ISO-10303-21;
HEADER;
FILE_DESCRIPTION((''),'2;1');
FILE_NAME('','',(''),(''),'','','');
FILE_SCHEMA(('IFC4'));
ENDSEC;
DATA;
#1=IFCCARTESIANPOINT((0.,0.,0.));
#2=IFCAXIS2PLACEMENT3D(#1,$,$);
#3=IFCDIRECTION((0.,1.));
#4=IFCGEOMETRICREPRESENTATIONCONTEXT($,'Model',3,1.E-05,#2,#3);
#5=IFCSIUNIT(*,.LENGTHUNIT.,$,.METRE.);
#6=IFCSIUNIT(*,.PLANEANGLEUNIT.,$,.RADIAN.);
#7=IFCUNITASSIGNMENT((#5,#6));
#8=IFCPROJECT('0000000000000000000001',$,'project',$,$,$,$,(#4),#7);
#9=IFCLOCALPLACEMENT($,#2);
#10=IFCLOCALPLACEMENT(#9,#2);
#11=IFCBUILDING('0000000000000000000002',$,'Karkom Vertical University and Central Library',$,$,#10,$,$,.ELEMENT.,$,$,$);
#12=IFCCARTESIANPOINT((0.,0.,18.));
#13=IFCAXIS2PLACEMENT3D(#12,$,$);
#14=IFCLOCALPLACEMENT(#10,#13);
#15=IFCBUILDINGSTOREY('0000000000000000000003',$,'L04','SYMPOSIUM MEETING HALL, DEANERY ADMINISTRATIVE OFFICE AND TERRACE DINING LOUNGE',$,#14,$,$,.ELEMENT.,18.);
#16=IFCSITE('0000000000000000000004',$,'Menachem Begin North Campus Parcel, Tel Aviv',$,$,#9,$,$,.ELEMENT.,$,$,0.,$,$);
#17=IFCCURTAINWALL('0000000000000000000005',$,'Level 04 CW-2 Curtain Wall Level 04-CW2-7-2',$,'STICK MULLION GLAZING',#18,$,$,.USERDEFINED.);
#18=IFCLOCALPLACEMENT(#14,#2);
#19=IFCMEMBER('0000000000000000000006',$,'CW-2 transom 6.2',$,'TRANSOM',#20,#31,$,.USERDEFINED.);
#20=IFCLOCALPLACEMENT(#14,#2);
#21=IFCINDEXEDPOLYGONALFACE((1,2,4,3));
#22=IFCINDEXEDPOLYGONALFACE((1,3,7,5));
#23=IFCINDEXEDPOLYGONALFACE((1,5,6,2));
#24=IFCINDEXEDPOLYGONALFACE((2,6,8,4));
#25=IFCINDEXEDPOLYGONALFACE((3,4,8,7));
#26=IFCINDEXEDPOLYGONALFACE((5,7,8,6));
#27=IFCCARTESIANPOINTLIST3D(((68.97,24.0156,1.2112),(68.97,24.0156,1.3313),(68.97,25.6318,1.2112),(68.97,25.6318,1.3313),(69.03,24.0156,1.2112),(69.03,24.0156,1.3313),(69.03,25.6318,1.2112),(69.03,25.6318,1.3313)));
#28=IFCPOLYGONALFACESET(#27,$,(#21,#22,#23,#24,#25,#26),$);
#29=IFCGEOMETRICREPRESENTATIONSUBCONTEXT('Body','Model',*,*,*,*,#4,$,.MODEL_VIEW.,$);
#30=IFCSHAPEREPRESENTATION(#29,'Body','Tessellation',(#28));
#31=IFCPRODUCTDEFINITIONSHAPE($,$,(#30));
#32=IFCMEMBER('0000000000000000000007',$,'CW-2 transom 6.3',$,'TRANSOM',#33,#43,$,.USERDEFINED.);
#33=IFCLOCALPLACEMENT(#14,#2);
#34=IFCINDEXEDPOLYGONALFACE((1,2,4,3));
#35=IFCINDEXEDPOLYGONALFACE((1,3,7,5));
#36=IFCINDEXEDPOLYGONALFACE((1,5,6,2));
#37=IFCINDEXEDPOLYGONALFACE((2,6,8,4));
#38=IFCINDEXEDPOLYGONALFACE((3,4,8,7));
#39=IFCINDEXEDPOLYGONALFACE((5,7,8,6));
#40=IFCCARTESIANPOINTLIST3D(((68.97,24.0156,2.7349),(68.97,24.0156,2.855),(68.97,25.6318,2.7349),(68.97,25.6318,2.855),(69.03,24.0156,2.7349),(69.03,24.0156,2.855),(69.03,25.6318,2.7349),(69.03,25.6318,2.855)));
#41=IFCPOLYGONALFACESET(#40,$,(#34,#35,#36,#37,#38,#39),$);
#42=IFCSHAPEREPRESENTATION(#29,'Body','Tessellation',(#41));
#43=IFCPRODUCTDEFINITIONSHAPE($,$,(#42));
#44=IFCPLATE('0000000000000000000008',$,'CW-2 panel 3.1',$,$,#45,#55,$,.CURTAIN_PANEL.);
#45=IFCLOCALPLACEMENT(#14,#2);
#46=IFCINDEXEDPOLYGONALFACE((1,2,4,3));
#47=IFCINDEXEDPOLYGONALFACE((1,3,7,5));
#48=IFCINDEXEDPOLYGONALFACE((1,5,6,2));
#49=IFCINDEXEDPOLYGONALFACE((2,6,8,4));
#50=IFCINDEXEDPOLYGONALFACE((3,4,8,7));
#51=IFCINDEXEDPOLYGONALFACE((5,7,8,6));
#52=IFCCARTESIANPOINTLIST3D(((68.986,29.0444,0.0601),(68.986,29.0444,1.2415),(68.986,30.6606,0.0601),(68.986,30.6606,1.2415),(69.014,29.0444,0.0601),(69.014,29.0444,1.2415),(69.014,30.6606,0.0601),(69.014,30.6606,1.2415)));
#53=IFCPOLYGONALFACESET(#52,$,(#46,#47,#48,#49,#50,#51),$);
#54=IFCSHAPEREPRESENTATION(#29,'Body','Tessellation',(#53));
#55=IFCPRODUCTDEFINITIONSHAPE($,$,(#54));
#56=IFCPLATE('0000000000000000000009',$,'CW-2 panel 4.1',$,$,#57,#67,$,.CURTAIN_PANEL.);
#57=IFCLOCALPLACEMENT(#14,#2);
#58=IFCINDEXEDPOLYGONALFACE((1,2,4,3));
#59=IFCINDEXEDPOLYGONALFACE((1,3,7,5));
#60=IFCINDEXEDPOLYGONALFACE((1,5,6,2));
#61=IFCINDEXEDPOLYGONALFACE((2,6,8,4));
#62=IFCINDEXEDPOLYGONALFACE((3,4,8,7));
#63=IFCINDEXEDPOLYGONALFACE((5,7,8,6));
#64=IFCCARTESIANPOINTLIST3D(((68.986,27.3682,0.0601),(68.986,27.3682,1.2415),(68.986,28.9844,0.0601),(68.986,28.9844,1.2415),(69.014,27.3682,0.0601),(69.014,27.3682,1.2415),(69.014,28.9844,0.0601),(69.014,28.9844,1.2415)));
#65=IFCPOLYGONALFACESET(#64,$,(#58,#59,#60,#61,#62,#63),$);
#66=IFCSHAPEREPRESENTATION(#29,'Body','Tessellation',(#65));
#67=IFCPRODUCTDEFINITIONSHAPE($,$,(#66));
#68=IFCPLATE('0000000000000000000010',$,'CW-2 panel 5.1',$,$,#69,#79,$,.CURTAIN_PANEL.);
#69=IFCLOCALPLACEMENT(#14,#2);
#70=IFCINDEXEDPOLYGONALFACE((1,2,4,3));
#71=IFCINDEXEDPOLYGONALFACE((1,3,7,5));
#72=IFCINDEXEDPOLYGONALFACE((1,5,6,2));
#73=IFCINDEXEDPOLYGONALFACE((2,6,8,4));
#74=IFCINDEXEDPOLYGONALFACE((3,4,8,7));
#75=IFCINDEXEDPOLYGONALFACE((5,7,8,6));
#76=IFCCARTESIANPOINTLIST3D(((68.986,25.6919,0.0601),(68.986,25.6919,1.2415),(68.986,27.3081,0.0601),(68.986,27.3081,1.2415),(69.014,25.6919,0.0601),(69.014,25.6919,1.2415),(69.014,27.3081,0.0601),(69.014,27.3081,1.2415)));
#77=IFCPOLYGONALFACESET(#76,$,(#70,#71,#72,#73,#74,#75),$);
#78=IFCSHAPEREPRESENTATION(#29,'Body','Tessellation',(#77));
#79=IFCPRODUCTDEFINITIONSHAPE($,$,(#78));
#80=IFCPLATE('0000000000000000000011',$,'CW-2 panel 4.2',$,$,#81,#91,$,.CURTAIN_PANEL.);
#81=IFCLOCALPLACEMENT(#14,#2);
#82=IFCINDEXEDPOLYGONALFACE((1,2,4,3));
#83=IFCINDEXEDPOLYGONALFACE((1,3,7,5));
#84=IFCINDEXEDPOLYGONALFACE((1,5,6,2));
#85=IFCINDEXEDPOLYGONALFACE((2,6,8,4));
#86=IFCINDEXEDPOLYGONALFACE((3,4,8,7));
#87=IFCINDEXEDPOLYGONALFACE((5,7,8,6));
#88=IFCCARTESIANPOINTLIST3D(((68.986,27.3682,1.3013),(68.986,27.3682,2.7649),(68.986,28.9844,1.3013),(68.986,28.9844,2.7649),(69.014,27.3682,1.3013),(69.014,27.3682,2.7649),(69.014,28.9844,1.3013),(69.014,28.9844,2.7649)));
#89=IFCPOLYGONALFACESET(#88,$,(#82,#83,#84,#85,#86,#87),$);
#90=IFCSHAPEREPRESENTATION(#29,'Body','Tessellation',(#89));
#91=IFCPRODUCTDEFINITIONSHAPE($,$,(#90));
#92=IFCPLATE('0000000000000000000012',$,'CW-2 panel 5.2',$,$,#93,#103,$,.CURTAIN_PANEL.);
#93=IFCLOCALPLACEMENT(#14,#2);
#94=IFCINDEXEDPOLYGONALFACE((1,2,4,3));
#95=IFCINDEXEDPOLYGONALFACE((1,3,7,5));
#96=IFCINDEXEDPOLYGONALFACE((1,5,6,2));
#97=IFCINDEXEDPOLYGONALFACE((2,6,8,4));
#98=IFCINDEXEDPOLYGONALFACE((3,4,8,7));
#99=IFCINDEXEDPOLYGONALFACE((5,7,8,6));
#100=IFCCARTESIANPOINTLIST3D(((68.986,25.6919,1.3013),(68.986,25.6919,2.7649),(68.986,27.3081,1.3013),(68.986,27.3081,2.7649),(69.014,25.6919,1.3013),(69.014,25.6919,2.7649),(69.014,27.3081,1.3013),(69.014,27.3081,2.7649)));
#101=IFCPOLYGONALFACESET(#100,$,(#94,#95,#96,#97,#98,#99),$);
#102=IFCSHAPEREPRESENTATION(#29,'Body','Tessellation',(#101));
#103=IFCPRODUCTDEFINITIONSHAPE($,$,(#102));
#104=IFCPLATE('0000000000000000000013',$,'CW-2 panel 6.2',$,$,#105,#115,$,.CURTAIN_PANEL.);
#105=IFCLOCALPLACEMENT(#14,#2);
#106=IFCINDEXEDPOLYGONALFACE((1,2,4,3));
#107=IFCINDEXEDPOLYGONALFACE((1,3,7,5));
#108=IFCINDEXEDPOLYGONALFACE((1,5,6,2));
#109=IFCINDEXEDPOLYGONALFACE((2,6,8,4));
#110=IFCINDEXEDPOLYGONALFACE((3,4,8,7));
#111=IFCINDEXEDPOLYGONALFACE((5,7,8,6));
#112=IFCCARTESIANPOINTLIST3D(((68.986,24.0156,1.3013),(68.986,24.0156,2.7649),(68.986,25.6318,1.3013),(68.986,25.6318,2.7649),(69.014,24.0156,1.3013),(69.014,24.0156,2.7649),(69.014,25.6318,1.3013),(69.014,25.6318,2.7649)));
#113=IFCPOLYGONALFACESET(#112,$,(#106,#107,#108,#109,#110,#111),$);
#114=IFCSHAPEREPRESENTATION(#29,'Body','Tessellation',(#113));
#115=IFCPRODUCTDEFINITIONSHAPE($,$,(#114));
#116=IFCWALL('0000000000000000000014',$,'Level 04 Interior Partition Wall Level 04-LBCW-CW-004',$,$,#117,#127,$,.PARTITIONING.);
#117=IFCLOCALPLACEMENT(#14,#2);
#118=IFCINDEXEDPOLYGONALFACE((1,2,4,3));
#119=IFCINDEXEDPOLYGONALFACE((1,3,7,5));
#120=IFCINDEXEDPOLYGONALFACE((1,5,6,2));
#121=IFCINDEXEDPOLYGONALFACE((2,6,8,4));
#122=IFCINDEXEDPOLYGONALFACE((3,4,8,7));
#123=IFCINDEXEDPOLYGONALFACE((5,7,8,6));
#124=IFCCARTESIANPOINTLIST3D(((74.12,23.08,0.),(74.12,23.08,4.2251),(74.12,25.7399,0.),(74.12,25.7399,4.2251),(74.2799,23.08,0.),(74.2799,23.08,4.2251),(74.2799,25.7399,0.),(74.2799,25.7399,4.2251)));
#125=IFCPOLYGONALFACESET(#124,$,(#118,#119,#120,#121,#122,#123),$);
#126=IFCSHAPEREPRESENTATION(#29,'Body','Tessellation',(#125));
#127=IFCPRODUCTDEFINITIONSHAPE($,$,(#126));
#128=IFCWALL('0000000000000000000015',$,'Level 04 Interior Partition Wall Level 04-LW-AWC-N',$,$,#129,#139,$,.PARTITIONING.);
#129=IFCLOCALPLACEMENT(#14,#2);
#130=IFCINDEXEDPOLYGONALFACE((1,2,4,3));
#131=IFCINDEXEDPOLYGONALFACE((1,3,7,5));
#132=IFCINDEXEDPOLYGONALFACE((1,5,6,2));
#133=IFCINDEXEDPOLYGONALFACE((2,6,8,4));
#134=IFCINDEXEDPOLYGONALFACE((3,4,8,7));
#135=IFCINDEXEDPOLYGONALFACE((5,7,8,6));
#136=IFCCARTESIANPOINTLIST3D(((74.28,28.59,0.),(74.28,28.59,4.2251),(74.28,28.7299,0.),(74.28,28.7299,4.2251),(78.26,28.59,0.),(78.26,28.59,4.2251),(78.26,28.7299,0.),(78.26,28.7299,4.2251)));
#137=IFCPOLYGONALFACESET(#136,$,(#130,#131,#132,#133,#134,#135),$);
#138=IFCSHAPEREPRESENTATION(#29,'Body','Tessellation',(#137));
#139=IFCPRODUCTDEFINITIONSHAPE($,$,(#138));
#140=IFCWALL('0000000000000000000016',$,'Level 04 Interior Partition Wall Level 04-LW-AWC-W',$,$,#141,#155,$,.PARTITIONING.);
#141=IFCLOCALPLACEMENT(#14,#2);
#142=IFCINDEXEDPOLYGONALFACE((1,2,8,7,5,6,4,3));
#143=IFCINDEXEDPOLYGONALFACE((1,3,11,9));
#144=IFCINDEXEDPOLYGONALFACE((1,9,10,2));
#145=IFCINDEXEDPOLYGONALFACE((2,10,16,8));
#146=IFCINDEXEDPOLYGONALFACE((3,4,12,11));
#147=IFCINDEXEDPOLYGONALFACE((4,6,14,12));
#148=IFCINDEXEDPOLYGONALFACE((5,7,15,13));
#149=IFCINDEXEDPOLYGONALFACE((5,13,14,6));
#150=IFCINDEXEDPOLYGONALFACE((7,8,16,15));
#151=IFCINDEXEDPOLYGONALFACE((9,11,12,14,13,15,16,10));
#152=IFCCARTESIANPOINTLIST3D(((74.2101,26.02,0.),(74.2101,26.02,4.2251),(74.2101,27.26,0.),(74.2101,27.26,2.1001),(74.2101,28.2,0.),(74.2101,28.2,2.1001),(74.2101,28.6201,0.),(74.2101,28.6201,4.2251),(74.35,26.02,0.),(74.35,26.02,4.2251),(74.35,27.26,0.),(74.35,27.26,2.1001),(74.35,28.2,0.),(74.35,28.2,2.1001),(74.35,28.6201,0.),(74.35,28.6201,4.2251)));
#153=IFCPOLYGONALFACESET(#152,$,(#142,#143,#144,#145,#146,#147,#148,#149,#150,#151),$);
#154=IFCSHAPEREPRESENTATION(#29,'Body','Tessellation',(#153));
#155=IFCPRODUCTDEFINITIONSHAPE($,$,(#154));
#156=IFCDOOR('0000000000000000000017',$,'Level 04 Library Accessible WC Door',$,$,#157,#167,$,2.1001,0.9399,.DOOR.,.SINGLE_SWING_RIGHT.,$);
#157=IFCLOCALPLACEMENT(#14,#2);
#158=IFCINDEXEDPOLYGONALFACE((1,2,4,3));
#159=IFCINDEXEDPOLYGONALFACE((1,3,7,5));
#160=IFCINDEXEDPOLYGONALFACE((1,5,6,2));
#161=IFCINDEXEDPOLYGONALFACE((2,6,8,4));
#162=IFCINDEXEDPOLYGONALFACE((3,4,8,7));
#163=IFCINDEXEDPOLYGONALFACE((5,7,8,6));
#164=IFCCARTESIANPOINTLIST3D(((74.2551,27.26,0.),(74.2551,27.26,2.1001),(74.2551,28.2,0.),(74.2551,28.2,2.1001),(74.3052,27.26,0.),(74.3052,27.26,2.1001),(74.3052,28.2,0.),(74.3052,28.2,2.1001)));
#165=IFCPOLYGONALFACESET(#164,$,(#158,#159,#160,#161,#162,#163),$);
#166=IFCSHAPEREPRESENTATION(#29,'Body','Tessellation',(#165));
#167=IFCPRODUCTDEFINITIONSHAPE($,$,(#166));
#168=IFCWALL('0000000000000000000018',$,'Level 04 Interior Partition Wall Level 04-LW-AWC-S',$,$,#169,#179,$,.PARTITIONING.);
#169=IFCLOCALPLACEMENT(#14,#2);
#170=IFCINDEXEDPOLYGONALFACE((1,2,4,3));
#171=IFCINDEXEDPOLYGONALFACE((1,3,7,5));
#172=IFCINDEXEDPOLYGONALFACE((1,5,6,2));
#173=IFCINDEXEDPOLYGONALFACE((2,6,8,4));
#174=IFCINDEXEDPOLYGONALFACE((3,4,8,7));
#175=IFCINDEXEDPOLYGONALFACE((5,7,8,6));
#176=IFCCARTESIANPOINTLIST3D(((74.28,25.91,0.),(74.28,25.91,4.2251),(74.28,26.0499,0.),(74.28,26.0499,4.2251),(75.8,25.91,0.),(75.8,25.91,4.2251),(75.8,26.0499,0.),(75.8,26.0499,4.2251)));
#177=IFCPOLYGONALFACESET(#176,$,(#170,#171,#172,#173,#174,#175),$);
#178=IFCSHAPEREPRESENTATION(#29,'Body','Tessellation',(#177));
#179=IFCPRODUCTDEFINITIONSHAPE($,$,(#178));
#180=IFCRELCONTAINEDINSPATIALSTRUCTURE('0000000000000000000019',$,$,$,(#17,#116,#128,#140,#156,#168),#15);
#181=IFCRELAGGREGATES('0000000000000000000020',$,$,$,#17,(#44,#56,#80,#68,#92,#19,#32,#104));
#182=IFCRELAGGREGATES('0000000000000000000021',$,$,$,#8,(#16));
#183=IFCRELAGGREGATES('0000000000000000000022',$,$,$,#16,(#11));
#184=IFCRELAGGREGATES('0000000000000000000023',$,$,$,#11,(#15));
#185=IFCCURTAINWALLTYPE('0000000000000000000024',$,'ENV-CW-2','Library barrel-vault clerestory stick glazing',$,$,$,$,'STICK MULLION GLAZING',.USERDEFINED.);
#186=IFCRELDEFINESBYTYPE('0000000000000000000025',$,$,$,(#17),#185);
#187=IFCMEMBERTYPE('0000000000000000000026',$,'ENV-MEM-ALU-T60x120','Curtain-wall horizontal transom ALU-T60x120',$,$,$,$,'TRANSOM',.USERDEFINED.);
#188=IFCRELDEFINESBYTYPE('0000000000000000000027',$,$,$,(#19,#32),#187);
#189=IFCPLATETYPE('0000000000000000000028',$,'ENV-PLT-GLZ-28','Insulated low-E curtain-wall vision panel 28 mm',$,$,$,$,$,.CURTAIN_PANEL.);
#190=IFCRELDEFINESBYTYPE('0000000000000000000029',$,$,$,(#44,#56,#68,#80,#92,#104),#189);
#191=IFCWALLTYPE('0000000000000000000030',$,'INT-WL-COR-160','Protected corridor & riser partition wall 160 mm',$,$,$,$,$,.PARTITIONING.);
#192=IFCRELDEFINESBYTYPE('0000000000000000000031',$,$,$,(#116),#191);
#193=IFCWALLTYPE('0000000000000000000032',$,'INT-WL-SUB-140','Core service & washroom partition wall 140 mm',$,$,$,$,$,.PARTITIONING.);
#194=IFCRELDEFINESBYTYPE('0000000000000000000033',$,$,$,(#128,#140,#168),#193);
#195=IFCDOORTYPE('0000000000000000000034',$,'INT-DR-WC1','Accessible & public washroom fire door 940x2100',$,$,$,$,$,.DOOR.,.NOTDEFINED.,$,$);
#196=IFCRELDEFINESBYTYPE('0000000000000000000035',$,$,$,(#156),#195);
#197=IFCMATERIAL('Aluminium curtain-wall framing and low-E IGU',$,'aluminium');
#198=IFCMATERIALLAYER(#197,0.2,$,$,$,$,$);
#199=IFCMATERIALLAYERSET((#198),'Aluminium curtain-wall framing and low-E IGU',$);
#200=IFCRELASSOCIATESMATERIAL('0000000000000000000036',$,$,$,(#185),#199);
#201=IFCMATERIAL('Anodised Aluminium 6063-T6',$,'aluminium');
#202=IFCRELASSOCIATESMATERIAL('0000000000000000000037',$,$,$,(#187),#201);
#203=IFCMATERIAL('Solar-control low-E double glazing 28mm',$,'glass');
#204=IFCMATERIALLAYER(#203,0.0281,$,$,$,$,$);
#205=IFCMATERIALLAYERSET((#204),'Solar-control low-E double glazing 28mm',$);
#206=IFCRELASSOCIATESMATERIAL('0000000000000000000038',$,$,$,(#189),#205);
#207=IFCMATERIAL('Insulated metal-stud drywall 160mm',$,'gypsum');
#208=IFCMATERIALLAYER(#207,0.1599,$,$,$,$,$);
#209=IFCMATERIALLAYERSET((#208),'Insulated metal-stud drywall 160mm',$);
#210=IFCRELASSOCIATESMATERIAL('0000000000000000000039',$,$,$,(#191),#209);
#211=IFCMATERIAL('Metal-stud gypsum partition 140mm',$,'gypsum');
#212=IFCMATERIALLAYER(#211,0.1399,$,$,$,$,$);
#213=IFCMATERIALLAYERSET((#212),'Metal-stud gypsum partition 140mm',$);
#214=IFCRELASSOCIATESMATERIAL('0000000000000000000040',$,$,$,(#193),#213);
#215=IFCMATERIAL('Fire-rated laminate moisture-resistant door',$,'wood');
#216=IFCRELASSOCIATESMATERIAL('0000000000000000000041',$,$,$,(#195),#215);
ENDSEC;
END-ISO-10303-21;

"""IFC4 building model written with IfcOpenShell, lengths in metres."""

from ifc_helpers import new_model, si_unit, direction, frame, frame_2d, origin, origin_with_axes, origin_2d, place, context, subcontext, project, spatial, rectangle, extrude, source, transform, mapped, material, layer, layer_set, material_profile, profile_set, type_object, element, fill, aggregate, save


model = new_model("IFC4")

# Units and contexts
model_context = context("Model", 3, precision=1e-05, world=origin(), true_north=direction((0.0, 1.0)))
body_context = subcontext(model_context, "Body", "Model", "MODEL_VIEW")
ifc_project = project(units=[si_unit("LENGTHUNIT", "METRE"), si_unit("PLANEANGLEUNIT", "RADIAN")], contexts=[model_context])

# Site, building, storey
site_placement = place(None, origin())
site = spatial("IfcSite", under=ifc_project, at=site_placement, Name="Menachem Begin North Campus Parcel, Tel Aviv", CompositionType="ELEMENT", RefElevation=0.0)
building_placement = place(site_placement, origin())
building = spatial("IfcBuilding", under=site, at=building_placement, Name="Karkom Vertical University and Central Library", CompositionType="ELEMENT")
storey_placement = place(building_placement, frame((0.0, 0.0, 18.0)))
storey = spatial("IfcBuildingStorey", under=building, at=storey_placement, Name="L04", Description="SYMPOSIUM MEETING HALL, DEANERY ADMINISTRATIVE OFFICE AND TERRACE DINING LOUNGE", CompositionType="ELEMENT", Elevation=18.0)

# Curtain wall, members, plates
ifc_material_1 = material(Name="Aluminium curtain-wall framing and low-E IGU", Category="aluminium")
ifc_layer_1 = layer(ifc_material_1, 0.2)
ifc_layer_set_1 = layer_set([ifc_layer_1], Name="Aluminium curtain-wall framing and low-E IGU")
curtain_wall_type = type_object("IfcCurtainWallType", Name="ENV-CW-2", Description="Library barrel-vault clerestory stick glazing", ElementType="STICK MULLION GLAZING", PredefinedType="USERDEFINED", material=ifc_layer_set_1)
curtain_wall_placement = place(storey_placement, origin())
curtain_wall = element("IfcCurtainWall", 1, at=curtain_wall_placement, inside=storey, type_object=curtain_wall_type, Name="Level 04 CW-2 Curtain Wall Level 04-CW2-7-2", ObjectType="STICK MULLION GLAZING", PredefinedType="USERDEFINED")
ifc_material_2 = material(Name="Anodised Aluminium 6063-T6", Category="aluminium")
ifc_material_profile_1 = material_profile(ifc_material_2, rectangle(XDim=0.0601, YDim=0.1201, at=origin_2d()), Name="ALU-T60x120")
ifc_profile_set_1 = profile_set([ifc_material_profile_1], Name="Anodised Aluminium 6063-T6")
member_type_1 = type_object("IfcMemberType", Name="ENV-MEM-ALU-T60x120", Description="Curtain-wall horizontal transom ALU-T60x120", ElementType="TRANSOM", PredefinedType="USERDEFINED", material=ifc_profile_set_1)
shared_shape_1 = source(origin_with_axes(), body_context, "Body", "SweptSolid", [
    extrude(rectangle(XDim=0.0601, YDim=0.1201, at=origin_2d()), origin(), (0.0, 0.0, 1.0), 1.6162),
])
member_1_placement = place(storey_placement, frame((69.0, 25.6318, 1.2712), z_axis=(0.0, -1.0, 0.0), x_axis=(1.0, 0.0, 0.0)))
member_1 = element("IfcMember", 2, at=member_1_placement, type_object=member_type_1, Name="CW-2 transom 6.2", ObjectType="TRANSOM", PredefinedType="USERDEFINED", context=body_context, shape_type="MappedRepresentation", body=[
    mapped(shared_shape_1, transform((0.0, 0.0, 0.0), scale=1.0)),
])
member_2_placement = place(storey_placement, frame((69.0, 25.6318, 2.7949), z_axis=(0.0, -1.0, 0.0), x_axis=(1.0, 0.0, 0.0)))
member_2 = element("IfcMember", 3, at=member_2_placement, type_object=member_type_1, Name="CW-2 transom 6.3", ObjectType="TRANSOM", PredefinedType="USERDEFINED", context=body_context, shape_type="MappedRepresentation", body=[
    mapped(shared_shape_1, transform((0.0, 0.0, 0.0), scale=1.0)),
])
ifc_material_3 = material(Name="Solar-control low-E double glazing 28mm", Category="glass")
ifc_layer_2 = layer(ifc_material_3, 0.0281)
ifc_layer_set_2 = layer_set([ifc_layer_2], Name="Solar-control low-E double glazing 28mm")
plate_type = type_object("IfcPlateType", Name="ENV-PLT-GLZ-28", Description="Insulated low-E curtain-wall vision panel 28 mm", PredefinedType="CURTAIN_PANEL", material=ifc_layer_set_2)
shared_shape_2 = source(origin_with_axes(), body_context, "Body", "SweptSolid", [
    extrude(rectangle(XDim=1.6162, YDim=0.0281, at=origin_2d()), origin(), (0.0, 0.0, 1.0), 1.1814),
])
plate_1_placement = place(storey_placement, frame((69.0, 29.8525, 0.0601), z_axis=(0.0, 0.0, 1.0), x_axis=(0.0, -1.0, 0.0)))
plate_1 = element("IfcPlate", 4, at=plate_1_placement, type_object=plate_type, Name="CW-2 panel 3.1", PredefinedType="CURTAIN_PANEL", context=body_context, shape_type="MappedRepresentation", body=[
    mapped(shared_shape_2, transform((0.0, 0.0, 0.0), scale=1.0)),
])
plate_2_placement = place(storey_placement, frame((69.0, 28.1763, 0.0601), z_axis=(0.0, 0.0, 1.0), x_axis=(0.0, -1.0, 0.0)))
plate_2 = element("IfcPlate", 5, at=plate_2_placement, type_object=plate_type, Name="CW-2 panel 4.1", PredefinedType="CURTAIN_PANEL", context=body_context, shape_type="MappedRepresentation", body=[
    mapped(shared_shape_2, transform((0.0, 0.0, 0.0), scale=1.0)),
])
plate_3_placement = place(storey_placement, frame((69.0, 26.5, 0.0601), z_axis=(0.0, 0.0, 1.0), x_axis=(0.0, -1.0, 0.0)))
plate_3 = element("IfcPlate", 6, at=plate_3_placement, type_object=plate_type, Name="CW-2 panel 5.1", PredefinedType="CURTAIN_PANEL", context=body_context, shape_type="MappedRepresentation", body=[
    mapped(shared_shape_2, transform((0.0, 0.0, 0.0), scale=1.0)),
])
shared_shape_3 = source(origin_with_axes(), body_context, "Body", "SweptSolid", [
    extrude(rectangle(XDim=1.6162, YDim=0.0281, at=origin_2d()), origin(), (0.0, 0.0, 1.0), 1.4636),
])
plate_4_placement = place(storey_placement, frame((69.0, 28.1763, 1.3013), z_axis=(0.0, 0.0, 1.0), x_axis=(0.0, -1.0, 0.0)))
plate_4 = element("IfcPlate", 7, at=plate_4_placement, type_object=plate_type, Name="CW-2 panel 4.2", PredefinedType="CURTAIN_PANEL", context=body_context, shape_type="MappedRepresentation", body=[
    mapped(shared_shape_3, transform((0.0, 0.0, 0.0), scale=1.0)),
])
plate_5_placement = place(storey_placement, frame((69.0, 26.5, 1.3013), z_axis=(0.0, 0.0, 1.0), x_axis=(0.0, -1.0, 0.0)))
plate_5 = element("IfcPlate", 8, at=plate_5_placement, type_object=plate_type, Name="CW-2 panel 5.2", PredefinedType="CURTAIN_PANEL", context=body_context, shape_type="MappedRepresentation", body=[
    mapped(shared_shape_3, transform((0.0, 0.0, 0.0), scale=1.0)),
])
plate_6_placement = place(storey_placement, frame((69.0, 24.8237, 1.3013), z_axis=(0.0, 0.0, 1.0), x_axis=(0.0, -1.0, 0.0)))
plate_6 = element("IfcPlate", 9, at=plate_6_placement, type_object=plate_type, Name="CW-2 panel 6.2", PredefinedType="CURTAIN_PANEL", context=body_context, shape_type="MappedRepresentation", body=[
    mapped(shared_shape_3, transform((0.0, 0.0, 0.0), scale=1.0)),
])
aggregate(curtain_wall, [plate_1, plate_2, plate_4, plate_3, plate_5, member_1, member_2, plate_6])

# Walls
ifc_material_4 = material(Name="Insulated metal-stud drywall 160mm", Category="gypsum")
ifc_layer_3 = layer(ifc_material_4, 0.1599)
ifc_layer_set_3 = layer_set([ifc_layer_3], Name="Insulated metal-stud drywall 160mm")
wall_type_1 = type_object("IfcWallType", Name="INT-WL-COR-160", Description="Protected corridor & riser partition wall 160 mm", PredefinedType="PARTITIONING", material=ifc_layer_set_3)
wall_1_placement = place(storey_placement, frame((74.2, 25.74, 0.0), z_axis=(0.0, 0.0, 1.0), x_axis=(0.0, -1.0, 0.0)))
element("IfcWall", 10, at=wall_1_placement, inside=storey, type_object=wall_type_1, Name="Level 04 Interior Partition Wall Level 04-LBCW-CW-004", PredefinedType="PARTITIONING", context=body_context, shape_type="SweptSolid", body=[
    extrude(rectangle(XDim=2.6599, YDim=0.1599, at=frame_2d((1.3301, 0.0))), origin(), (0.0, 0.0, 1.0), 4.2251),
])
ifc_material_5 = material(Name="Metal-stud gypsum partition 140mm", Category="gypsum")
ifc_layer_4 = layer(ifc_material_5, 0.1399)
ifc_layer_set_4 = layer_set([ifc_layer_4], Name="Metal-stud gypsum partition 140mm")
wall_type_2 = type_object("IfcWallType", Name="INT-WL-SUB-140", Description="Core service & washroom partition wall 140 mm", PredefinedType="PARTITIONING", material=ifc_layer_set_4)
wall_2_placement = place(storey_placement, frame((74.28, 28.6599, 0.0), z_axis=(0.0, 0.0, 1.0), x_axis=(1.0, 0.0, 0.0)))
element("IfcWall", 11, at=wall_2_placement, inside=storey, type_object=wall_type_2, Name="Level 04 Interior Partition Wall Level 04-LW-AWC-N", PredefinedType="PARTITIONING", context=body_context, shape_type="SweptSolid", body=[
    extrude(rectangle(XDim=3.98, YDim=0.1399, at=frame_2d((1.99, 0.0))), origin(), (0.0, 0.0, 1.0), 4.2251),
])

# Wall, opening, door
wall_3_placement = place(storey_placement, frame((74.28, 26.02, 0.0), z_axis=(0.0, 0.0, 1.0), x_axis=(0.0, 1.0, 0.0)))
wall_3 = element("IfcWall", 12, at=wall_3_placement, inside=storey, type_object=wall_type_2, Name="Level 04 Interior Partition Wall Level 04-LW-AWC-W", PredefinedType="PARTITIONING", context=body_context, shape_type="SweptSolid", body=[
    extrude(rectangle(XDim=2.6001, YDim=0.1399, at=frame_2d((1.3, 0.0))), origin(), (0.0, 0.0, 1.0), 4.2251),
])
opening_placement = place(wall_3_placement, frame((1.24, 0.0, 0.0)))
opening = element("IfcOpeningElement", 13, at=opening_placement, cuts=wall_3, PredefinedType="OPENING", context=body_context, shape_type="SweptSolid", body=[
    extrude(rectangle(XDim=0.9399, YDim=2.1001, at=frame_2d((0.47, 1.05))), frame((0.0, 0.0801, 0.0), z_axis=(0.0, -1.0, 0.0), x_axis=(1.0, 0.0, 0.0)), (0.0, 0.0, 1.0), 0.1599),
])
ifc_material_6 = material(Name="Fire-rated laminate moisture-resistant door", Category="wood")
door_type = type_object("IfcDoorType", Name="INT-DR-WC1", Description="Accessible & public washroom fire door 940x2100", OperationType="NOTDEFINED", PredefinedType="DOOR", material=ifc_material_6)
shared_shape_4 = source(origin_with_axes(), body_context, "Body", "SweptSolid", [
    extrude(rectangle(XDim=0.9399, YDim=2.1001, at=frame_2d((0.47, 1.05))), frame((0.0, 0.0249, 0.0), z_axis=(0.0, -1.0, 0.0), x_axis=(1.0, 0.0, 0.0)), (0.0, 0.0, 1.0), 0.05),
])
door_placement = place(opening_placement, origin())
door = element("IfcDoor", 14, at=door_placement, inside=storey, type_object=door_type, Name="Level 04 Library Accessible WC Door", OperationType="SINGLE_SWING_RIGHT", OverallHeight=2.1001, OverallWidth=0.9399, PredefinedType="DOOR", context=body_context, shape_type="MappedRepresentation", body=[
    mapped(shared_shape_4, transform((0.0, 0.0, 0.0), scale=1.0)),
])
fill(opening, door)

# Wall
wall_4_placement = place(storey_placement, frame((74.28, 25.98, 0.0), z_axis=(0.0, 0.0, 1.0), x_axis=(1.0, 0.0, 0.0)))
element("IfcWall", 15, at=wall_4_placement, inside=storey, type_object=wall_type_2, Name="Level 04 Interior Partition Wall Level 04-LW-AWC-S", PredefinedType="PARTITIONING", context=body_context, shape_type="SweptSolid", body=[
    extrude(rectangle(XDim=1.52, YDim=0.1399, at=frame_2d((0.76, 0.0))), origin(), (0.0, 0.0, 1.0), 4.2251),
])

save(model, "model.ifc")
